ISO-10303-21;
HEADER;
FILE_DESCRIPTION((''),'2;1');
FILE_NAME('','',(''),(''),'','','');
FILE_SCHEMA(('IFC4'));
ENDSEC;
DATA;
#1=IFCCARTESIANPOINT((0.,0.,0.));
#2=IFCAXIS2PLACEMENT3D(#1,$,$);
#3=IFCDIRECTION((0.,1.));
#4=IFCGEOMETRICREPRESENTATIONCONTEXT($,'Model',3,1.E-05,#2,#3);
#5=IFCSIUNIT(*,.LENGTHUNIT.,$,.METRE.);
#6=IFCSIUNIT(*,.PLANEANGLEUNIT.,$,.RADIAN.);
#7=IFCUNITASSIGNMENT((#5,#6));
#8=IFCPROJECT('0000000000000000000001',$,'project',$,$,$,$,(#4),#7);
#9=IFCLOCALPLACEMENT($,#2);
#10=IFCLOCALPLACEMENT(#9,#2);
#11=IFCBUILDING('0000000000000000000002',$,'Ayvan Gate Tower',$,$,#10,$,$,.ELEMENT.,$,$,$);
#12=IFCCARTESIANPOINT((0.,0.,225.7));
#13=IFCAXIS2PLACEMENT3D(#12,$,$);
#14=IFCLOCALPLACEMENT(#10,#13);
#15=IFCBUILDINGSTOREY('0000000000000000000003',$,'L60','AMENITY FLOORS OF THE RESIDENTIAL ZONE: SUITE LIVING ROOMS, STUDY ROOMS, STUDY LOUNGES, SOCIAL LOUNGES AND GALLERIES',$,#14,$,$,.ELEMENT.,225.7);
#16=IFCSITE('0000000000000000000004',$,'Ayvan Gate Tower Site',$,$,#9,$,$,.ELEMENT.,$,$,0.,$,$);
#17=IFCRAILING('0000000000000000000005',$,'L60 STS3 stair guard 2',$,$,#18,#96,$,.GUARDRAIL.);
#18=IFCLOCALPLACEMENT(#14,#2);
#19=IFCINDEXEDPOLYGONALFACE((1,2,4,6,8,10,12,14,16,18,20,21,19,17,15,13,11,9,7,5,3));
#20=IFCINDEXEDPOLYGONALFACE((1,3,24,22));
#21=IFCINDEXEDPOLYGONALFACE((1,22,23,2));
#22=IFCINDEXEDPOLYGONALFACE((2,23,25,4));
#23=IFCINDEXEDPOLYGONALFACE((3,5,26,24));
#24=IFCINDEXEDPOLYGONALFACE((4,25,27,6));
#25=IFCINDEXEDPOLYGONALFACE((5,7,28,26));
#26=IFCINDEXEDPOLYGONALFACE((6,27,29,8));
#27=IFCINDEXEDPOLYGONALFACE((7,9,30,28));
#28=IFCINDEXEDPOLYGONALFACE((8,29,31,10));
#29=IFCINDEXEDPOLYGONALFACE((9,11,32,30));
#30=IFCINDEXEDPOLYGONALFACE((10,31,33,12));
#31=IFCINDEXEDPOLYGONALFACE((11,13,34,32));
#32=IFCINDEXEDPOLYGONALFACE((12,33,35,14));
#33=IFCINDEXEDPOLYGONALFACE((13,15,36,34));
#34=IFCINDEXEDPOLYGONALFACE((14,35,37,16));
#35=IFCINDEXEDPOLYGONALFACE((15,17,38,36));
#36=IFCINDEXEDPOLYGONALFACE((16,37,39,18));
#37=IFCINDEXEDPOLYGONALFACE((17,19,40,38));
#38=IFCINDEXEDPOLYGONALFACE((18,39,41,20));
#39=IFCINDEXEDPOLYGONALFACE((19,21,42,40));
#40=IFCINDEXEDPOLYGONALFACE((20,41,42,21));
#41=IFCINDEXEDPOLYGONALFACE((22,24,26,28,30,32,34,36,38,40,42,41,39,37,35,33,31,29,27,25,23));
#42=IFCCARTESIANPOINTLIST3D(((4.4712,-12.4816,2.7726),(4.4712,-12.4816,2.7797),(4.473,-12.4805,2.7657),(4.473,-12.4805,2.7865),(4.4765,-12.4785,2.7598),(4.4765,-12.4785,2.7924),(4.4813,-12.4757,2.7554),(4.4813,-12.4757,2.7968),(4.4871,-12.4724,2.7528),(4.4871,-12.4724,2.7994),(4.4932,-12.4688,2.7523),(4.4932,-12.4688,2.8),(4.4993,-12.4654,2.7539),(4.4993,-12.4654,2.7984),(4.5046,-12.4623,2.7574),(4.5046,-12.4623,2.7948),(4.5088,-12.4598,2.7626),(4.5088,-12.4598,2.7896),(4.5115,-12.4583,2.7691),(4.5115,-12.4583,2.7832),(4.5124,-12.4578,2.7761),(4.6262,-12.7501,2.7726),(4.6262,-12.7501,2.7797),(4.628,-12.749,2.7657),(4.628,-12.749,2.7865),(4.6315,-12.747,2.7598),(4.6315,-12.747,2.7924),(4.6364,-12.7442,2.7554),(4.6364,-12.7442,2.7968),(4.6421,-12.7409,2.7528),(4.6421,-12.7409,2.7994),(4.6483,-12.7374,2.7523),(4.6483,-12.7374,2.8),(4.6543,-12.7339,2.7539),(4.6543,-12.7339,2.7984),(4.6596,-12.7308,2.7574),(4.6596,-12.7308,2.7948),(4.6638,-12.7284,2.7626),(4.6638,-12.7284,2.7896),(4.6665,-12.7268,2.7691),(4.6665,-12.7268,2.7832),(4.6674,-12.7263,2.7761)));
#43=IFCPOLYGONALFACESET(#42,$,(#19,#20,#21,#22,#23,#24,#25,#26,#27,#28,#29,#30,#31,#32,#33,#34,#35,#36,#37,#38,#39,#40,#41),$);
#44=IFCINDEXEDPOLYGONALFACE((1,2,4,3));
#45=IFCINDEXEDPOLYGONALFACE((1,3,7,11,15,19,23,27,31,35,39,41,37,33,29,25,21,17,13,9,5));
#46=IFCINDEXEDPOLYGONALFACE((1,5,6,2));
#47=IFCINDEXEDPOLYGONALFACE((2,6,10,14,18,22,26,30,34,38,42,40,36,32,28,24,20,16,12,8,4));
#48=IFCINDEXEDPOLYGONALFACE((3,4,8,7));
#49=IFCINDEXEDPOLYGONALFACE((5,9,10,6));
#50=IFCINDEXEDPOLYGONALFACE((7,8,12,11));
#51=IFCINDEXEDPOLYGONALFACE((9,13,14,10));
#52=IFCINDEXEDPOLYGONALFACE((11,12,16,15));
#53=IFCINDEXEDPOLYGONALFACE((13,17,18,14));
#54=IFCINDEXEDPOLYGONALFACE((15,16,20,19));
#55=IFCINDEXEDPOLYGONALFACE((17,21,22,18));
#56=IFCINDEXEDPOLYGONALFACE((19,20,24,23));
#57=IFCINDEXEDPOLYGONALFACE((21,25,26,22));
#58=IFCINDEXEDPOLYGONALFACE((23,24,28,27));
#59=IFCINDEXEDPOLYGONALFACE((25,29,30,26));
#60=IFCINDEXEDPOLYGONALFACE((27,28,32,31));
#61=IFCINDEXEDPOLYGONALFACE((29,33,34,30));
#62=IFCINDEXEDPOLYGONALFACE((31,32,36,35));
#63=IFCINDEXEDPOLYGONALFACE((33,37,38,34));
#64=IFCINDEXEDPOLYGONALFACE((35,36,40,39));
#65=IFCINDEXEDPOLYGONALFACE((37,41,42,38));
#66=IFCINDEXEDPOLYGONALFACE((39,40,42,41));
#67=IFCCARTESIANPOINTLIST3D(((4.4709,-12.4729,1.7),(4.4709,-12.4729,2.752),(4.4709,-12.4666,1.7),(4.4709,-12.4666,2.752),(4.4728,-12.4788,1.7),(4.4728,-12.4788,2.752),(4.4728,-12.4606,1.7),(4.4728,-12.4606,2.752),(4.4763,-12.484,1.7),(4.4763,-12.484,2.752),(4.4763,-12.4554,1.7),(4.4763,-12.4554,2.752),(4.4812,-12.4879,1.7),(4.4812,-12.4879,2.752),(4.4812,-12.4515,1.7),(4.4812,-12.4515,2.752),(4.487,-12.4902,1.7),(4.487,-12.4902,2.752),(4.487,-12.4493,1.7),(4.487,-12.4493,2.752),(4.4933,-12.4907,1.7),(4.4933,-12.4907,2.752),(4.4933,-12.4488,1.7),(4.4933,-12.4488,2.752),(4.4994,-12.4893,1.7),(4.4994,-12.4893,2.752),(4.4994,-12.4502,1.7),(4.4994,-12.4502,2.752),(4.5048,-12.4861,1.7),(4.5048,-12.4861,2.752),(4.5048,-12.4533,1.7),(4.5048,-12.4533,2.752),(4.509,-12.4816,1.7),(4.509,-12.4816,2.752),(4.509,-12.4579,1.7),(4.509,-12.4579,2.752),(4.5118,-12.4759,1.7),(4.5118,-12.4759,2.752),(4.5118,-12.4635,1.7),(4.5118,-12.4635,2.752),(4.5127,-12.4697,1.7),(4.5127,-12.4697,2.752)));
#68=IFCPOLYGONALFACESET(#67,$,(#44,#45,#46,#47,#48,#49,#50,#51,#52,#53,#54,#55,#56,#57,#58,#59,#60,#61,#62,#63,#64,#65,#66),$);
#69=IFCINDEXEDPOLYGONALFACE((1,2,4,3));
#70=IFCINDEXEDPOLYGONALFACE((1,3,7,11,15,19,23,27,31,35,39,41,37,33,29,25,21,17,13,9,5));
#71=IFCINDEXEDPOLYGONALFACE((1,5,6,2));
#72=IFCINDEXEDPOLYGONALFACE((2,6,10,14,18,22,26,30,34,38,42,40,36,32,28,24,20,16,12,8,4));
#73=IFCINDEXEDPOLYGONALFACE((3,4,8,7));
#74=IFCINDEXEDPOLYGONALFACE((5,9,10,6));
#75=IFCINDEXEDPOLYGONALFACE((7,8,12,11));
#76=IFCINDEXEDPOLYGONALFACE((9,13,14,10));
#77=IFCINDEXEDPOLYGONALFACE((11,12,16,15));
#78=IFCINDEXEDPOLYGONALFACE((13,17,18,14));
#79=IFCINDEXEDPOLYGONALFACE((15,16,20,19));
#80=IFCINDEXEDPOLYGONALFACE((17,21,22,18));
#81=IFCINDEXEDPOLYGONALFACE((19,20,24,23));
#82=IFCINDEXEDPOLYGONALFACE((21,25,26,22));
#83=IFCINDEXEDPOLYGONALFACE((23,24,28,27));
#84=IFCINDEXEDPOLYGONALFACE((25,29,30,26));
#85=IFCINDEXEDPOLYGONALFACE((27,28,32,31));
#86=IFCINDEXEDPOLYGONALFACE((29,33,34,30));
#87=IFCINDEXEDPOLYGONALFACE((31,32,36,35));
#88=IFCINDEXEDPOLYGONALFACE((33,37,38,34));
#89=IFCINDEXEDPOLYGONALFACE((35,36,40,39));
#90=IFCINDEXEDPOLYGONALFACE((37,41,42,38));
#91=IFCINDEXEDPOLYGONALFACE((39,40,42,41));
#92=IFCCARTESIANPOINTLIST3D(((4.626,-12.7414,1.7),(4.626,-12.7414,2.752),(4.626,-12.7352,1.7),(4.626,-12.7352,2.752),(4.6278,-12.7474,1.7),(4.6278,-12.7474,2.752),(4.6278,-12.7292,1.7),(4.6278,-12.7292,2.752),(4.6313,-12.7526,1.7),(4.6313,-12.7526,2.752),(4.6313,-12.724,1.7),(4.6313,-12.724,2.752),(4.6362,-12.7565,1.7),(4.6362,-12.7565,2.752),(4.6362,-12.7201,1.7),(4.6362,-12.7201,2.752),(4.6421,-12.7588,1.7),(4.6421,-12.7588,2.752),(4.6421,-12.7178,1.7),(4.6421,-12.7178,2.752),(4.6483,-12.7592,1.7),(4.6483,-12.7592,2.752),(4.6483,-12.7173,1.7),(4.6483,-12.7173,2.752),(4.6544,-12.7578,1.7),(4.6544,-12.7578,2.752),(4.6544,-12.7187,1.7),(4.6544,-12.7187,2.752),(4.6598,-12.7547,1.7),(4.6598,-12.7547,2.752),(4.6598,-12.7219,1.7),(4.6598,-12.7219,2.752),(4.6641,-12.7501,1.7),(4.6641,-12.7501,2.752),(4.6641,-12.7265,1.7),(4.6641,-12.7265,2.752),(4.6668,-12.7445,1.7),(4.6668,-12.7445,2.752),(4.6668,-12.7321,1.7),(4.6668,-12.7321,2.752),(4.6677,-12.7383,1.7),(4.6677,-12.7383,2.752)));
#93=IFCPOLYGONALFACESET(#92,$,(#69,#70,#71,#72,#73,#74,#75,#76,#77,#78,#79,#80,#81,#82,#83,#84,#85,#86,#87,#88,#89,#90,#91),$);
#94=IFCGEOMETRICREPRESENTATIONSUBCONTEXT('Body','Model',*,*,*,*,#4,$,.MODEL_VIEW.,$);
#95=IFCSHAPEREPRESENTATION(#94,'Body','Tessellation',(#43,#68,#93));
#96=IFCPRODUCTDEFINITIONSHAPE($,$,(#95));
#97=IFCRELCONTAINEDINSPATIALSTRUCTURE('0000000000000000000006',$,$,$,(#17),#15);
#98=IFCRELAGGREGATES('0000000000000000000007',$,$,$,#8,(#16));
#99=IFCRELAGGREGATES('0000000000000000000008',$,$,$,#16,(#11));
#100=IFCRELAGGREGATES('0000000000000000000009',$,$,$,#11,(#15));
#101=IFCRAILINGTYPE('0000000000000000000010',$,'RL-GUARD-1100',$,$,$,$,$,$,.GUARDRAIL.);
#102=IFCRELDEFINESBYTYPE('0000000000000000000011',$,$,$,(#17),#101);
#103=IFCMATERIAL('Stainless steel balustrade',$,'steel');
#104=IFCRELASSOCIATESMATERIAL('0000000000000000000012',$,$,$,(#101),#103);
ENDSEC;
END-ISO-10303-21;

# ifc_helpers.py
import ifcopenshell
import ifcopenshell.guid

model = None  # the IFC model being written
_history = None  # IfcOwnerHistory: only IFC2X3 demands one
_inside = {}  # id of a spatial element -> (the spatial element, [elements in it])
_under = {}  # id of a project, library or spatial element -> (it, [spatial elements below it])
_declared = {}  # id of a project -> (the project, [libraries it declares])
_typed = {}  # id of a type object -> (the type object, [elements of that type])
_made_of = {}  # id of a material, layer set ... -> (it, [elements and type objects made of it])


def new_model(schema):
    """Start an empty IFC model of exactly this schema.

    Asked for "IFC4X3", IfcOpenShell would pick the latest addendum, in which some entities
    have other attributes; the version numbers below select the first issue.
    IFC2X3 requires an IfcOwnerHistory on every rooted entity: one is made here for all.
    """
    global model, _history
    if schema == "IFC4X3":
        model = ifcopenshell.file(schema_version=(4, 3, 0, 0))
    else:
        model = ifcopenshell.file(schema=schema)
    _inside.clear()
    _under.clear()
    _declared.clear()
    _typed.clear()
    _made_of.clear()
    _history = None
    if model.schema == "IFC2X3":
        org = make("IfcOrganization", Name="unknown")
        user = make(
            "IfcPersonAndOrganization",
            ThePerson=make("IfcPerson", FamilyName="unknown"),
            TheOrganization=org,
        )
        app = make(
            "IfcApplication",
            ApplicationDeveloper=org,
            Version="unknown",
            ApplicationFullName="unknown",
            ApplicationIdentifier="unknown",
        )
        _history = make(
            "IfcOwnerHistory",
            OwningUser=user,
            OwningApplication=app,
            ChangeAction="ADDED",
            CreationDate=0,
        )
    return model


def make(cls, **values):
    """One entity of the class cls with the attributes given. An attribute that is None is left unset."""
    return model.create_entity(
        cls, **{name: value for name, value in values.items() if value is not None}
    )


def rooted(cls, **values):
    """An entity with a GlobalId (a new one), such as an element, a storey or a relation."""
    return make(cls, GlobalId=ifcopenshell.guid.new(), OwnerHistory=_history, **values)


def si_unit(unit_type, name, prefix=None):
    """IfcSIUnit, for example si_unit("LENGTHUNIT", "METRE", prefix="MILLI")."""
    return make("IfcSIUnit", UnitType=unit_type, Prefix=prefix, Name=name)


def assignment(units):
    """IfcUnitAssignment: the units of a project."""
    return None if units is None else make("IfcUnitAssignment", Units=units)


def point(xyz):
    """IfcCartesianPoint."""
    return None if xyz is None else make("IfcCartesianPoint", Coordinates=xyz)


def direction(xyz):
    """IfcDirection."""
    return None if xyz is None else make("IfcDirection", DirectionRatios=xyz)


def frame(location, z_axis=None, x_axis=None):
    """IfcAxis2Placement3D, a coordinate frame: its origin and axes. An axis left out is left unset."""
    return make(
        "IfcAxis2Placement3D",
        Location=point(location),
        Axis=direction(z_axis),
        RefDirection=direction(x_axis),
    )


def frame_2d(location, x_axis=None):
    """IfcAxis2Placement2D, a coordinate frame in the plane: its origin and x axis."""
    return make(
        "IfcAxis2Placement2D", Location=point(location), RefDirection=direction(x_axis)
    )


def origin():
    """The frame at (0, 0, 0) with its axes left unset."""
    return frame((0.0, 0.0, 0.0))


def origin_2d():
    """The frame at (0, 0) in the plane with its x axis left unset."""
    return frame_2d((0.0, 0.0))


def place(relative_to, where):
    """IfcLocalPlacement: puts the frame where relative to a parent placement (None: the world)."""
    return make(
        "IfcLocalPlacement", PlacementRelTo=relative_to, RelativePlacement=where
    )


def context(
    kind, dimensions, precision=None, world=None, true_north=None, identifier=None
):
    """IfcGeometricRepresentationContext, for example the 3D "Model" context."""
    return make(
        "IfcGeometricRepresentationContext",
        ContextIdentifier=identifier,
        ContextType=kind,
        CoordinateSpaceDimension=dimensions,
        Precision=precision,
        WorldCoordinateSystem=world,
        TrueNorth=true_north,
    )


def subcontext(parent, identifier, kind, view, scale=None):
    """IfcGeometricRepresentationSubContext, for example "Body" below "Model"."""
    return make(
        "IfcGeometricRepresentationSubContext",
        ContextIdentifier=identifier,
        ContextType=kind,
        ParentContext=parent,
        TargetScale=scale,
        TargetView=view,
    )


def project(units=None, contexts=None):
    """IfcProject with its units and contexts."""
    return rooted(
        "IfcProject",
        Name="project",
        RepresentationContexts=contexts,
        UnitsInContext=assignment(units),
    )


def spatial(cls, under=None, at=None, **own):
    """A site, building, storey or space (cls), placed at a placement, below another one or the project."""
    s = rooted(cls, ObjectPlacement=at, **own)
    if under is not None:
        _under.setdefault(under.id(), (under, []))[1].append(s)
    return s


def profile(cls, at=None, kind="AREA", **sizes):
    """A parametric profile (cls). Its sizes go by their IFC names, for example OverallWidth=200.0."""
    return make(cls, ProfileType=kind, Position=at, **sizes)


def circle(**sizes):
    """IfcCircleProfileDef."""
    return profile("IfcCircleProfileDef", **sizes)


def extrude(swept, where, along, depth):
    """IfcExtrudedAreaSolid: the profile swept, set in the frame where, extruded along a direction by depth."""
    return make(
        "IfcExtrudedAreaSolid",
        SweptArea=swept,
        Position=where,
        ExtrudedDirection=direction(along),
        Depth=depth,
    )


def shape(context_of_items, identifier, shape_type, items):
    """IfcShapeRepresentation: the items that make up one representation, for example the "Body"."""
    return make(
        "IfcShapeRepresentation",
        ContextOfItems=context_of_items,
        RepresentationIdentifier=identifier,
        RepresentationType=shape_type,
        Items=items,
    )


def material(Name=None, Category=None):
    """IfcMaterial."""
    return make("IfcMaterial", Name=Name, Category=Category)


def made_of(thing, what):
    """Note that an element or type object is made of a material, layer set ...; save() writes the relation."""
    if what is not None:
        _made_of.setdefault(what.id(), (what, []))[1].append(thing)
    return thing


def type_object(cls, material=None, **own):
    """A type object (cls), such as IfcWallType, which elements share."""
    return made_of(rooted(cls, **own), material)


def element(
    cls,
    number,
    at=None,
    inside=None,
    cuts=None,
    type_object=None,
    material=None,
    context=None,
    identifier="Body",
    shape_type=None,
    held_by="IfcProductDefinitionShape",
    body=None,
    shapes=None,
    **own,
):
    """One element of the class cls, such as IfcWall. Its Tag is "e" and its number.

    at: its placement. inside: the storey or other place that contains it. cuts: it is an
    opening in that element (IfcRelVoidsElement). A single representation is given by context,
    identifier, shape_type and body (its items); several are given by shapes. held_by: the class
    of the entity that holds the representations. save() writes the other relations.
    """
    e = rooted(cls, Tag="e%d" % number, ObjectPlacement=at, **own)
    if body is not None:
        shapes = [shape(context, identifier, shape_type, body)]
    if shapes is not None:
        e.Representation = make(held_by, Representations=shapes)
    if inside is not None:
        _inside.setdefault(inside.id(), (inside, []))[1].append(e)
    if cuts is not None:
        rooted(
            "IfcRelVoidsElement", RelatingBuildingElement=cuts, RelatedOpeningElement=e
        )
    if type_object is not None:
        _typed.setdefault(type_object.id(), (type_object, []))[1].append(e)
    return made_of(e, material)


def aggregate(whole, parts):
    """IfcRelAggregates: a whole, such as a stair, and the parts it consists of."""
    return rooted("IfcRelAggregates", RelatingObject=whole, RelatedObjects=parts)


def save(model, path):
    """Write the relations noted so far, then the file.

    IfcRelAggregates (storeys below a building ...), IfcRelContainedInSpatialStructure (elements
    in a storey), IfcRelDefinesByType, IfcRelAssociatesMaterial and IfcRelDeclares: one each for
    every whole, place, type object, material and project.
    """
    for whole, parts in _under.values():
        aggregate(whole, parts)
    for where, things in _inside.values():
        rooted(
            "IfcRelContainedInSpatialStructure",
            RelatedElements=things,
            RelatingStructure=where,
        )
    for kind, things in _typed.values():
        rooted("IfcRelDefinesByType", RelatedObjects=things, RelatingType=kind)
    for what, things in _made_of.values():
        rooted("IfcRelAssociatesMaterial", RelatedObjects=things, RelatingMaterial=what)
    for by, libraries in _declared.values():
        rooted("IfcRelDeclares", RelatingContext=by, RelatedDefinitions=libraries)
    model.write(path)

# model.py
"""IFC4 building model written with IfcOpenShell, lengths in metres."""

from ifc_helpers import new_model, si_unit, direction, frame, origin, origin_2d, place, context, subcontext, project, spatial, circle, extrude, material, type_object, element, save


model = new_model("IFC4")

# Units and contexts
model_context = context("Model", 3, precision=1e-05, world=origin(), true_north=direction((0.0, 1.0)))
body_context = subcontext(model_context, "Body", "Model", "MODEL_VIEW")
ifc_project = project(units=[si_unit("LENGTHUNIT", "METRE"), si_unit("PLANEANGLEUNIT", "RADIAN")], contexts=[model_context])

# Site, building, storey
site_placement = place(None, origin())
site = spatial("IfcSite", under=ifc_project, at=site_placement, Name="Ayvan Gate Tower Site", CompositionType="ELEMENT", RefElevation=0.0)
building_placement = place(site_placement, origin())
building = spatial("IfcBuilding", under=site, at=building_placement, Name="Ayvan Gate Tower", CompositionType="ELEMENT")
storey_placement = place(building_placement, frame((0.0, 0.0, 225.7)))
storey = spatial("IfcBuildingStorey", under=building, at=storey_placement, Name="L60", Description="AMENITY FLOORS OF THE RESIDENTIAL ZONE: SUITE LIVING ROOMS, STUDY ROOMS, STUDY LOUNGES, SOCIAL LOUNGES AND GALLERIES", CompositionType="ELEMENT", Elevation=225.7)

# Railing
ifc_material_1 = material(Name="Stainless steel balustrade", Category="steel")
railing_type_1 = type_object("IfcRailingType", Name="RL-GUARD-1100", PredefinedType="GUARDRAIL", material=ifc_material_1)
railing_1_placement = place(storey_placement, frame((4.4917, -12.4697, 1.7)))
element("IfcRailing", 1, at=railing_1_placement, inside=storey, type_object=railing_type_1, Name="L60 STS3 stair guard 2", PredefinedType="GUARDRAIL", context=body_context, shape_type="SweptSolid", body=[
    extrude(circle(Radius=0.0239, at=origin_2d()), frame((0.0, 0.0, 1.0762), z_axis=(0.49995, -0.866054, 0.0), x_axis=(0.866054, 0.49995, 0.0)), (0.0, 0.0, 1.0), 0.3101),
    extrude(circle(Radius=0.021, at=origin_2d()), origin(), (0.0, 0.0, 1.0), 1.052),
    extrude(circle(Radius=0.021, at=origin_2d()), frame((0.155, -0.2686, 0.0)), (0.0, 0.0, 1.0), 1.052),
])

save(model, "model.ifc")
